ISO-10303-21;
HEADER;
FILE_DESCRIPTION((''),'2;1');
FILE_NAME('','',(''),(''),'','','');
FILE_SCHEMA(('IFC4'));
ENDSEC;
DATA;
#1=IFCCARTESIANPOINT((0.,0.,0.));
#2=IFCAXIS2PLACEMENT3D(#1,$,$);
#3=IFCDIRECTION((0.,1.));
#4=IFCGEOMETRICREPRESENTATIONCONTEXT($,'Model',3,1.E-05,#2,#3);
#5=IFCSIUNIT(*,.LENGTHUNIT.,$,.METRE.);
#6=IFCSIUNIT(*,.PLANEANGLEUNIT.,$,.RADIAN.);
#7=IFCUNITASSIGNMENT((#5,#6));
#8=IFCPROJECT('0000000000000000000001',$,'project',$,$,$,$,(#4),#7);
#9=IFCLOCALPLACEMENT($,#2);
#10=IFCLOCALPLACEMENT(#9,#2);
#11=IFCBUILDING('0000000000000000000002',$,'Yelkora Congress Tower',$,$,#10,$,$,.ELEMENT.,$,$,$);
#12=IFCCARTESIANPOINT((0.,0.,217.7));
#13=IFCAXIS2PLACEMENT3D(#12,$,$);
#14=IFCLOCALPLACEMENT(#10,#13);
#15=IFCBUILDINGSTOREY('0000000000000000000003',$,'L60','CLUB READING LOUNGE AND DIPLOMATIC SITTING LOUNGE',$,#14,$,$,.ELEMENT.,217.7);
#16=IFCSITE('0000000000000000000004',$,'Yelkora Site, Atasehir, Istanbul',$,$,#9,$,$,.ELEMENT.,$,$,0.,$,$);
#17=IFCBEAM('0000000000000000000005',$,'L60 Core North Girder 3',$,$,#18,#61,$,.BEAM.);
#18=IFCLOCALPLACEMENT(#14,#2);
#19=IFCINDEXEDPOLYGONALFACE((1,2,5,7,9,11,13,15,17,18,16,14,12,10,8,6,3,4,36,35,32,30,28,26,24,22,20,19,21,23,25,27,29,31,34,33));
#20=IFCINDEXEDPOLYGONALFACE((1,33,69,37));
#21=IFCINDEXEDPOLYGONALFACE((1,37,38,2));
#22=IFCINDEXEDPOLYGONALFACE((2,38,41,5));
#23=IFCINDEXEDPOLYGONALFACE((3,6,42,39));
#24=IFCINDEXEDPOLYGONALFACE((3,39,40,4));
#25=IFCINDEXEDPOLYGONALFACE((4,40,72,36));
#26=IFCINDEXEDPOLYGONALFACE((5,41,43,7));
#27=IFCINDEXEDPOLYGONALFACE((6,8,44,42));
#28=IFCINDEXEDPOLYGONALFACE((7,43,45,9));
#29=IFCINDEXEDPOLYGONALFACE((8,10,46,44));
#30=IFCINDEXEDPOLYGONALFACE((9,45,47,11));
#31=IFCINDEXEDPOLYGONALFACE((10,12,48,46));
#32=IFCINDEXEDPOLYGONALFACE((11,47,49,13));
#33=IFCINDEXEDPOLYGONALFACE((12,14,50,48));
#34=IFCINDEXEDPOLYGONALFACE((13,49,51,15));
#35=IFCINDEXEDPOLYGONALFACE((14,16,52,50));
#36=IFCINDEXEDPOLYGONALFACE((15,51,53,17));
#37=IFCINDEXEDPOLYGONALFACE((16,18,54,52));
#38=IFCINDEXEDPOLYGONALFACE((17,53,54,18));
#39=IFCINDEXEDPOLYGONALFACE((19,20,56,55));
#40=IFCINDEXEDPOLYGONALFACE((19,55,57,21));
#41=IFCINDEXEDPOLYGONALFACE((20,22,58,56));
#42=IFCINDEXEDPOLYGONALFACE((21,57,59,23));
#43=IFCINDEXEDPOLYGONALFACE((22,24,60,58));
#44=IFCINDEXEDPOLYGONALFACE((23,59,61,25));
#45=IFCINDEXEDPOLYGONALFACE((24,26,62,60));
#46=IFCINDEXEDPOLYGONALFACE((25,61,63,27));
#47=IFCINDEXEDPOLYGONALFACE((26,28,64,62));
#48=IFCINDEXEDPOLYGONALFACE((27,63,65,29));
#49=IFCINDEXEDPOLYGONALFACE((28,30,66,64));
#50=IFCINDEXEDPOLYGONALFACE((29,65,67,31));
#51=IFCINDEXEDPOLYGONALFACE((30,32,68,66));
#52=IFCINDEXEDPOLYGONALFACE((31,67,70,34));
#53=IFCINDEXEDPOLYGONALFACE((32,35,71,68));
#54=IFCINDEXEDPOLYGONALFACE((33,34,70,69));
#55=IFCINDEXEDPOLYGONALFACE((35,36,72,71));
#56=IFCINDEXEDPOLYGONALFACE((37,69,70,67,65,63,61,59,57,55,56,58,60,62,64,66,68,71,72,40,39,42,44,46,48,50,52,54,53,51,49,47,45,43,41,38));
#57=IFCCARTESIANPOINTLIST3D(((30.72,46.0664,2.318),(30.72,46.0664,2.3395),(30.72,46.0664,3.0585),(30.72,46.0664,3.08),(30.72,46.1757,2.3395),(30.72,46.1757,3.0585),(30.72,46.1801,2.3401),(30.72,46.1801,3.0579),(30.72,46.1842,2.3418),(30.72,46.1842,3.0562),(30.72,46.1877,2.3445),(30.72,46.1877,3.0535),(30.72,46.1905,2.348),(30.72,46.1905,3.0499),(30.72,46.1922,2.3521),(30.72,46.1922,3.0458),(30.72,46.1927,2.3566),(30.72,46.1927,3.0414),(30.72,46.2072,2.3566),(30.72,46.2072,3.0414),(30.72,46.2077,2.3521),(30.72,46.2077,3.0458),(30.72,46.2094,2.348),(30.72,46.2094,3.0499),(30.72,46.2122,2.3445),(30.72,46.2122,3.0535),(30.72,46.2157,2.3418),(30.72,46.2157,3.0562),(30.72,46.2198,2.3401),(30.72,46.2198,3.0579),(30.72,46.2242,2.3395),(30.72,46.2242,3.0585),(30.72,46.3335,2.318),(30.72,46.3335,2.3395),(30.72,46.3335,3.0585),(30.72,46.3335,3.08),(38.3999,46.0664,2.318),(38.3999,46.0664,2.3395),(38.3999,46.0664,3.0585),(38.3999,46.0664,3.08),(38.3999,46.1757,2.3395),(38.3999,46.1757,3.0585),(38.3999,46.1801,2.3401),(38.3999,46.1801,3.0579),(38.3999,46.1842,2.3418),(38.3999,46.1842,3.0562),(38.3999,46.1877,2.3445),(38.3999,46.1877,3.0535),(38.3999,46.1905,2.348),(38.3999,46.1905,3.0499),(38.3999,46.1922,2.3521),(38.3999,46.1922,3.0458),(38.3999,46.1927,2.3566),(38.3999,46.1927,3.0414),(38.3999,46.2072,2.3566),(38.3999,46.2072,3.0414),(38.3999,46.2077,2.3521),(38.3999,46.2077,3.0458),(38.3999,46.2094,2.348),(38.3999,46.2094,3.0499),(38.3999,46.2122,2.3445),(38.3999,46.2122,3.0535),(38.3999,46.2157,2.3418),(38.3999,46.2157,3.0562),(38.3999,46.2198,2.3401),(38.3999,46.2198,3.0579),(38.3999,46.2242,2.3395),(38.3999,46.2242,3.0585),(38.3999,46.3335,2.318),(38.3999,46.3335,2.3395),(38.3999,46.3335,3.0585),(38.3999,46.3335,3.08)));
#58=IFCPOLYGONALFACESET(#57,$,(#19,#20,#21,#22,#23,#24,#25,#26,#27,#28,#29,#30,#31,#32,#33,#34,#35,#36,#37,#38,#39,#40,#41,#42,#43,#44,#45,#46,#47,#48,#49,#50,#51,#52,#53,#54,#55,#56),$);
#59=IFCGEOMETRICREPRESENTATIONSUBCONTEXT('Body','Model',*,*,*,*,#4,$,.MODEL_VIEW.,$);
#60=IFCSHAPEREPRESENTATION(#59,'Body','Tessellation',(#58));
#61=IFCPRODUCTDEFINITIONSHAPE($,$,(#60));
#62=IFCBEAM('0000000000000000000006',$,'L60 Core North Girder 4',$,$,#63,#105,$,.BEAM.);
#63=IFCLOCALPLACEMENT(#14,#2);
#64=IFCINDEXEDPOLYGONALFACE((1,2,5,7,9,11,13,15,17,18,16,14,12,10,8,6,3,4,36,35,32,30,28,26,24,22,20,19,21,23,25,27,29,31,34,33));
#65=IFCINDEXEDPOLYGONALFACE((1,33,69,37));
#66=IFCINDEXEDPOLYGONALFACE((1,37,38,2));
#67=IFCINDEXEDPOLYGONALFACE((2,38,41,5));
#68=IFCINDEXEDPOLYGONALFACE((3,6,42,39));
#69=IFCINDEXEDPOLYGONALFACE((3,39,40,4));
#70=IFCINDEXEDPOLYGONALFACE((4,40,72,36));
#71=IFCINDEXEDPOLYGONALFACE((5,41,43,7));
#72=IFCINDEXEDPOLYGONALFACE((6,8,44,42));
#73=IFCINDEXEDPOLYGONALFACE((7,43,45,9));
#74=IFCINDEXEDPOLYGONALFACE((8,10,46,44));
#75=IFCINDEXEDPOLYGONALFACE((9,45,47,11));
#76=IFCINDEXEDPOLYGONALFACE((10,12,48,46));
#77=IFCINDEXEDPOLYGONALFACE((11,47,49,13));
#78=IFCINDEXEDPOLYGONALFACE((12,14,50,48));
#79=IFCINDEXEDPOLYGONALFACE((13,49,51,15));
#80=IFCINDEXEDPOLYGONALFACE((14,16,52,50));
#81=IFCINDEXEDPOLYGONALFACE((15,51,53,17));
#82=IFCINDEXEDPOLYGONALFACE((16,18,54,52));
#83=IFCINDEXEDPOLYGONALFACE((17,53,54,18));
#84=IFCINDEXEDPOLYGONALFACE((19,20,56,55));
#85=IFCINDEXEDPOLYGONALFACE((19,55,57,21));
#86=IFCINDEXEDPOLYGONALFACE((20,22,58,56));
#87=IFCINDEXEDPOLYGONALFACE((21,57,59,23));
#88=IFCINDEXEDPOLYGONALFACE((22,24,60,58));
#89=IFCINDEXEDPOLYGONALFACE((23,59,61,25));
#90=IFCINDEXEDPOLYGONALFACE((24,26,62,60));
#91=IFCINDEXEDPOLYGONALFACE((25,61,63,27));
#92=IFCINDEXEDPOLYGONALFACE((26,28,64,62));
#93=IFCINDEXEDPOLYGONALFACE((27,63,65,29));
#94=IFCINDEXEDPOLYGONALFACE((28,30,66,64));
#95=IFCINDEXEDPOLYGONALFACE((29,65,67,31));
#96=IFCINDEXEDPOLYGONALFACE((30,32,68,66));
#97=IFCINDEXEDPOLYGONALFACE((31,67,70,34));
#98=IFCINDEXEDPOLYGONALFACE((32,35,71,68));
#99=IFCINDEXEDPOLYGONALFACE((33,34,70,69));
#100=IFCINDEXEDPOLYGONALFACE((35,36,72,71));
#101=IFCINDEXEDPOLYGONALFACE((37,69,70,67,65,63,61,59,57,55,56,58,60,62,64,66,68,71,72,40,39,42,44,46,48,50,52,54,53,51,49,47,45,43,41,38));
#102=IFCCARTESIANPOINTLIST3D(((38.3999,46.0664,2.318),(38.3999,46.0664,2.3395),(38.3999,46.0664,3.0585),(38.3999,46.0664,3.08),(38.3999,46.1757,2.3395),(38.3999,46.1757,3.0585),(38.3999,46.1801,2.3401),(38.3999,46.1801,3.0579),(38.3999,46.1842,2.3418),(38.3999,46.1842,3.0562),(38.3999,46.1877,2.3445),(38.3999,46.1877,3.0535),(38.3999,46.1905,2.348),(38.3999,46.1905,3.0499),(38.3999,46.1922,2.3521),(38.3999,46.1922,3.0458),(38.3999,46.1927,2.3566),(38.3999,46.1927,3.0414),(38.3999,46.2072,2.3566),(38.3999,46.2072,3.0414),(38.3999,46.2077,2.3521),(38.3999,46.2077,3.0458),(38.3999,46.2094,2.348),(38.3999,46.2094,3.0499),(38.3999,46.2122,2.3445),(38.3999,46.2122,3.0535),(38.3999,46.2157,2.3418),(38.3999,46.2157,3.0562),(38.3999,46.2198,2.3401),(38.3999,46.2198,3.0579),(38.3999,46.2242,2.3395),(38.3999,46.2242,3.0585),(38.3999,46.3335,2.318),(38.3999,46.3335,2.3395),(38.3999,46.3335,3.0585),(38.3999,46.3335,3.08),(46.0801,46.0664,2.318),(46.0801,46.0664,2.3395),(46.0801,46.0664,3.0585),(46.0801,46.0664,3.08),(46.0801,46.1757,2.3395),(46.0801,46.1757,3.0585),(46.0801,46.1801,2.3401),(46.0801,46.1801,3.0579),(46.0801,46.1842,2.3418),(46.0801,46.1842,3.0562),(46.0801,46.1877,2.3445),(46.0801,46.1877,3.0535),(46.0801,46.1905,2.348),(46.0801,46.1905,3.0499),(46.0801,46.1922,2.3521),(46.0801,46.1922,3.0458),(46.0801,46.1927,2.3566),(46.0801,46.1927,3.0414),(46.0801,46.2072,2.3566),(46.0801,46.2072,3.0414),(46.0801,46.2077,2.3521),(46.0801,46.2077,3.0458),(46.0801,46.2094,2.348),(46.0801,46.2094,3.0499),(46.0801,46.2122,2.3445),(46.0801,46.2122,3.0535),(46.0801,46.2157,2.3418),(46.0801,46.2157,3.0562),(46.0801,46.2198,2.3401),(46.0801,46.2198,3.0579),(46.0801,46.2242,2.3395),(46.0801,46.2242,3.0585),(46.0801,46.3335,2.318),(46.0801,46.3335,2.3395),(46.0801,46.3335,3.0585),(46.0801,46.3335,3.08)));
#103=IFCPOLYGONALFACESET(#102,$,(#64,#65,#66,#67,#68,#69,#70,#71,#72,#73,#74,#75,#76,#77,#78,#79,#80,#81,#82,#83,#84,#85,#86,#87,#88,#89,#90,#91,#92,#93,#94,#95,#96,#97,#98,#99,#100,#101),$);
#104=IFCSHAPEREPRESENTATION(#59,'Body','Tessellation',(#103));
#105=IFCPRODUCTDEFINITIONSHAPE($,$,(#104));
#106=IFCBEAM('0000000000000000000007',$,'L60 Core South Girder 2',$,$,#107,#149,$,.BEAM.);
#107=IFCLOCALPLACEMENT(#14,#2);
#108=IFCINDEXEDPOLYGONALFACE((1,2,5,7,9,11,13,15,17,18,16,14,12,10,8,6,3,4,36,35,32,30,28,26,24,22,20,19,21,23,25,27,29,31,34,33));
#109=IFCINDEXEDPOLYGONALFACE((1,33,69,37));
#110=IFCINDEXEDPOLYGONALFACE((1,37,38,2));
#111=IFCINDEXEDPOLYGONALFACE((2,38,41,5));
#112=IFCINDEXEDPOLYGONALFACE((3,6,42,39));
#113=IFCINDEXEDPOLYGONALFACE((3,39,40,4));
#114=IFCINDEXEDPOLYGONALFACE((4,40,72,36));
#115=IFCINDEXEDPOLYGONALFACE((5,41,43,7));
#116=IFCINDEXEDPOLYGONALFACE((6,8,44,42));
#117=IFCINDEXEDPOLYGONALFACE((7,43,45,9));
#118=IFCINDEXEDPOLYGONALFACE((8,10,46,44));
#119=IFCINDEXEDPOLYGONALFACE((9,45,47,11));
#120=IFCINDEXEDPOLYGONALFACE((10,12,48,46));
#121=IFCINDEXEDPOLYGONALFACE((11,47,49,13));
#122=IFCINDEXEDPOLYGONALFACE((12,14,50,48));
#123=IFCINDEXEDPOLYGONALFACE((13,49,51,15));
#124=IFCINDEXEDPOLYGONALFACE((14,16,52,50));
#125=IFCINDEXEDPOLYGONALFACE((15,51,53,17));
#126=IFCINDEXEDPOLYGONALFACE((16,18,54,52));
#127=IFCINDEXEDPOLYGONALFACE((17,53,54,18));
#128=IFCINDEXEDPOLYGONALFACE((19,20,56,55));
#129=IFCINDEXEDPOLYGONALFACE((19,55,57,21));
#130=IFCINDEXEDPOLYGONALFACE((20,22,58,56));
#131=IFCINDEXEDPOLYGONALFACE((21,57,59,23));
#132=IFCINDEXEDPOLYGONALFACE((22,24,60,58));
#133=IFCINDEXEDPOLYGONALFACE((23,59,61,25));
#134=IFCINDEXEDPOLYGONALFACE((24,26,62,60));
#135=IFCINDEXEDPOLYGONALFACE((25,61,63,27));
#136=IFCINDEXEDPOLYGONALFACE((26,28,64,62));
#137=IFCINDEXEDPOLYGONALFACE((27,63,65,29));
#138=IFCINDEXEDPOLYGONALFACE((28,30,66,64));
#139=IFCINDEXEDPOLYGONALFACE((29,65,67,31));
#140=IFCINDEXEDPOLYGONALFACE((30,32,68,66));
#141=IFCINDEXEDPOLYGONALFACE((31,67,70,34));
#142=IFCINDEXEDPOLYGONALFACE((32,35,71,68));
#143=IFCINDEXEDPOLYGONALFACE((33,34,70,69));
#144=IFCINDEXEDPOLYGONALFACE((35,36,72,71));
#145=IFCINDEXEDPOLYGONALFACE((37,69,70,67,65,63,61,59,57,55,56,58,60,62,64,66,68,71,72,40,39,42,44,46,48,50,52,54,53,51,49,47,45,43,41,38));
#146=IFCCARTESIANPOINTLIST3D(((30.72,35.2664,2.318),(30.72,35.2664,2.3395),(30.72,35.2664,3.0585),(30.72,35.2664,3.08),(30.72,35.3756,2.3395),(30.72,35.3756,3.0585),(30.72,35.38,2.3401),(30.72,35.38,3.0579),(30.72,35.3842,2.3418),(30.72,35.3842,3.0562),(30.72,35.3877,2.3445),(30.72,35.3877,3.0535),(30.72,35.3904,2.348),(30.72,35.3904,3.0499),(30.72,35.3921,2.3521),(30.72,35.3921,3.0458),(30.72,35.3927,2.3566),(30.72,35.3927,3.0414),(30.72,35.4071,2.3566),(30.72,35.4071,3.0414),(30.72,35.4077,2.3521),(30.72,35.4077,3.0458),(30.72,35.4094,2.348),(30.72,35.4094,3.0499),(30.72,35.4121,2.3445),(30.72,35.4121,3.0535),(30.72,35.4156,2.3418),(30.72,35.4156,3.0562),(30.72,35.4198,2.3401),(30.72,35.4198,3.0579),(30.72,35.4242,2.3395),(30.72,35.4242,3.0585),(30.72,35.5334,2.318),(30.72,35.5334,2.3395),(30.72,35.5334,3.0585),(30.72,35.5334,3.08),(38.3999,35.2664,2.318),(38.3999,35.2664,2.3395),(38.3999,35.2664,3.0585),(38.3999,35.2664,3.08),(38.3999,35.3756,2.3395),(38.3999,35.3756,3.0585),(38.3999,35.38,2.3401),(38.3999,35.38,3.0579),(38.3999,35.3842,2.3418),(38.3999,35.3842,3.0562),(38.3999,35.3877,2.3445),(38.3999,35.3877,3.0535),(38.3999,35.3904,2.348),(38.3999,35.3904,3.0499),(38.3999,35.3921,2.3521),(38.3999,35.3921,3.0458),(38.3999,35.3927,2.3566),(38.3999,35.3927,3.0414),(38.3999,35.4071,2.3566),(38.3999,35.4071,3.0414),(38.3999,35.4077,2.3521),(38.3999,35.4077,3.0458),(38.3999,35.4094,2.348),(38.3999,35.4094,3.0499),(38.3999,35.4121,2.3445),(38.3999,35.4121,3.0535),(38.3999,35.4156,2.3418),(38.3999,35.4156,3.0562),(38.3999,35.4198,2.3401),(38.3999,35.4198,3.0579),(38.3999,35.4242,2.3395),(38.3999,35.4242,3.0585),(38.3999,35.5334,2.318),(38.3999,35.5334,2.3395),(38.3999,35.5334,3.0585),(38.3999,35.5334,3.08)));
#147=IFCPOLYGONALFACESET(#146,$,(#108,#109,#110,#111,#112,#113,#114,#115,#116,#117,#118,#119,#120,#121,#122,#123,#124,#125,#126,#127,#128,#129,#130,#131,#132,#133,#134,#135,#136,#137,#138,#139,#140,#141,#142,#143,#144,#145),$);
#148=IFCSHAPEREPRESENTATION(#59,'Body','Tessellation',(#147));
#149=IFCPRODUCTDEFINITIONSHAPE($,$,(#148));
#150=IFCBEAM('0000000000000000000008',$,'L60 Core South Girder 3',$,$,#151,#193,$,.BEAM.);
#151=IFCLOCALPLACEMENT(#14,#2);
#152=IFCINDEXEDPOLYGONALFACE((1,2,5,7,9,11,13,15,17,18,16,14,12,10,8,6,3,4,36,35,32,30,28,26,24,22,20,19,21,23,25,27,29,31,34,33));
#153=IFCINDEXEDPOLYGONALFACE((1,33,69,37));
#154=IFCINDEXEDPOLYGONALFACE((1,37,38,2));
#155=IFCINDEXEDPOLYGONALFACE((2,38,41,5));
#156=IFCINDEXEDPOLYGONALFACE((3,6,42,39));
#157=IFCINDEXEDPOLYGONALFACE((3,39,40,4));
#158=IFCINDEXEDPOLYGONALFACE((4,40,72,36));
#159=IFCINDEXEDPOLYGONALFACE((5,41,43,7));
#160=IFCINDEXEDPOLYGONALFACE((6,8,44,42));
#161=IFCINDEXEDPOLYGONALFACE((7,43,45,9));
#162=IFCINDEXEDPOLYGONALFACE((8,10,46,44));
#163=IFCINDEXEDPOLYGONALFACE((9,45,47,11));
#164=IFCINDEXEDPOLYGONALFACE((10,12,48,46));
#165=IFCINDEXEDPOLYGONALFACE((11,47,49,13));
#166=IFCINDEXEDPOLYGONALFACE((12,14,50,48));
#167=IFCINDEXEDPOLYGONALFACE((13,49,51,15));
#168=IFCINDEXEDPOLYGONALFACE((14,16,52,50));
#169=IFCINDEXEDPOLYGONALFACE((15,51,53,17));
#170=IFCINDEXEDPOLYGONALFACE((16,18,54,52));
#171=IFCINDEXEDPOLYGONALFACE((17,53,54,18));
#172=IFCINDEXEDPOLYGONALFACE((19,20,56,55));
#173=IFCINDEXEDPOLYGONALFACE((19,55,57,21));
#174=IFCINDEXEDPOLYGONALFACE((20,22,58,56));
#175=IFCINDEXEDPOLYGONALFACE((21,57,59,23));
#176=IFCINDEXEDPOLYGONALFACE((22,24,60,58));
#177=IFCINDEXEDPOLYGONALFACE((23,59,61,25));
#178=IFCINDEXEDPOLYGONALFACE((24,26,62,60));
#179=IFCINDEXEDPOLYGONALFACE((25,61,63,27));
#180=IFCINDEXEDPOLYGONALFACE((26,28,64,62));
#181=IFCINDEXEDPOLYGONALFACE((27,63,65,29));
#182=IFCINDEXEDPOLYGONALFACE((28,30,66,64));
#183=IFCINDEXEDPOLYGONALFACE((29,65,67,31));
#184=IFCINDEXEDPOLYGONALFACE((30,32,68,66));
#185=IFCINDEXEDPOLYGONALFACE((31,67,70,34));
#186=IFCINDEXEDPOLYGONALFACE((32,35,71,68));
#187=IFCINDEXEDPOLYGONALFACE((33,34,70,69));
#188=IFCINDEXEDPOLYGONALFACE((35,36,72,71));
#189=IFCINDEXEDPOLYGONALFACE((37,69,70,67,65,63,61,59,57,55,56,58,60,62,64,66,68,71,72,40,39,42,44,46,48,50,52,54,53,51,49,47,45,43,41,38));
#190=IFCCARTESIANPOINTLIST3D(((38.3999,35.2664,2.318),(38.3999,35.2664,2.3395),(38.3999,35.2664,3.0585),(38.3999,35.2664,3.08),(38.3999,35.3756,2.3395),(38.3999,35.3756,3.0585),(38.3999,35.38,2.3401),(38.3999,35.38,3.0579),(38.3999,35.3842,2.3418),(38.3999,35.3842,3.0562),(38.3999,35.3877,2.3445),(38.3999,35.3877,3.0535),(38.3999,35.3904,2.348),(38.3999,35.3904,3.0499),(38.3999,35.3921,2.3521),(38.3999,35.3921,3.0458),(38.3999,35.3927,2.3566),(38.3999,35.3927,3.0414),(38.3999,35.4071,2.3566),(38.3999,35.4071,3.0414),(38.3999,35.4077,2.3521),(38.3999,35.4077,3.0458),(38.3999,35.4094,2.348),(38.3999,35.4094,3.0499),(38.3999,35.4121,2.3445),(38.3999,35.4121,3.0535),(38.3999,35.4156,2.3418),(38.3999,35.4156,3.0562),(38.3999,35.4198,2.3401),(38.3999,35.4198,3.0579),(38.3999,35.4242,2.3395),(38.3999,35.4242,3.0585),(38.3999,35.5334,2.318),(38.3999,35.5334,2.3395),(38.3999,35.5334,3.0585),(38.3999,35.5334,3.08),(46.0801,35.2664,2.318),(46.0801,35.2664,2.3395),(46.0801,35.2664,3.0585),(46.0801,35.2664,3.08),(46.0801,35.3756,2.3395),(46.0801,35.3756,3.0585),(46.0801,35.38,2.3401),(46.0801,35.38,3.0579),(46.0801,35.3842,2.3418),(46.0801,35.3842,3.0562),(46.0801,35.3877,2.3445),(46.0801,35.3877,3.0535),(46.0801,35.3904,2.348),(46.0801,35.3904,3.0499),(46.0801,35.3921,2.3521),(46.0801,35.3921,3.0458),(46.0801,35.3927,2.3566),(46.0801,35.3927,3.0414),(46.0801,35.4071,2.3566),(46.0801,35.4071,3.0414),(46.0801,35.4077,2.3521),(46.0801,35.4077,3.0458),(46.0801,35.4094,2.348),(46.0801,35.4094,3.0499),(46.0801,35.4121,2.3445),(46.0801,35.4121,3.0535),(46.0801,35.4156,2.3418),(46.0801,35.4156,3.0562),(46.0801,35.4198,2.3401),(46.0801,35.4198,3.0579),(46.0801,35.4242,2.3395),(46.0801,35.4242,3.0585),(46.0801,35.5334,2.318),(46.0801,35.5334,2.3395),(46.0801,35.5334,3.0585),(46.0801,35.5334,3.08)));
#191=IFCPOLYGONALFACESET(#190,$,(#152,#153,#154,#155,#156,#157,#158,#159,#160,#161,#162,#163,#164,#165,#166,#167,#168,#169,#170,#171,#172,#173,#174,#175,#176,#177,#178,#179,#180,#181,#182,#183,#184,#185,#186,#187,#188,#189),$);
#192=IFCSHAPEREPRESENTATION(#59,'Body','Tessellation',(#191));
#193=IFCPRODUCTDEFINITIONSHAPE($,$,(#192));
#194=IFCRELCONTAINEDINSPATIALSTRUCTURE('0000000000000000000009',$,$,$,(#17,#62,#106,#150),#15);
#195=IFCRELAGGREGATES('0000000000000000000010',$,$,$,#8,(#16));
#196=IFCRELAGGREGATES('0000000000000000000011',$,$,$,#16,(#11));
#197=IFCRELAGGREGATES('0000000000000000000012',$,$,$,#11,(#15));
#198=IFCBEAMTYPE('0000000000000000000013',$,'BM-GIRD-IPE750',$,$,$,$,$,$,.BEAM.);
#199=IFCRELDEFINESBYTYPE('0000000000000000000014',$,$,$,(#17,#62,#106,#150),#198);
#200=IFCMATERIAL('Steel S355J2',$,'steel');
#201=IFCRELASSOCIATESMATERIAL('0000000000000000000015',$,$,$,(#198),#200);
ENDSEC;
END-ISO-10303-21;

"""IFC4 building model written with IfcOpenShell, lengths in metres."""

from ifc_helpers import new_model, si_unit, direction, frame, origin, origin_2d, place, context, subcontext, project, spatial, i_section, extrude, material, material_profile, profile_set, type_object, element, save


model = new_model("IFC4")

# Units and contexts
model_context = context("Model", 3, precision=1e-05, world=origin(), true_north=direction((0.0, 1.0)))
body_context = subcontext(model_context, "Body", "Model", "MODEL_VIEW")
ifc_project = project(units=[si_unit("LENGTHUNIT", "METRE"), si_unit("PLANEANGLEUNIT", "RADIAN")], contexts=[model_context])

# Site, building, storey
site_placement = place(None, origin())
site = spatial("IfcSite", under=ifc_project, at=site_placement, Name="Yelkora Site, Atasehir, Istanbul", CompositionType="ELEMENT", RefElevation=0.0)
building_placement = place(site_placement, origin())
building = spatial("IfcBuilding", under=site, at=building_placement, Name="Yelkora Congress Tower", CompositionType="ELEMENT")
storey_placement = place(building_placement, frame((0.0, 0.0, 217.7)))
storey = spatial("IfcBuildingStorey", under=building, at=storey_placement, Name="L60", Description="CLUB READING LOUNGE AND DIPLOMATIC SITTING LOUNGE", CompositionType="ELEMENT", Elevation=217.7)

# Beams
ifc_material_1 = material(Name="Steel S355J2", Category="steel")
ifc_material_profile_1 = material_profile(ifc_material_1, i_section(OverallWidth=0.2671, OverallDepth=0.762, WebThickness=0.0144, FlangeThickness=0.0215, FilletRadius=0.0171, at=origin_2d()), Name="IPE 750x173")
ifc_profile_set_1 = profile_set([ifc_material_profile_1], Name="Steel S355J2")
beam_type = type_object("IfcBeamType", Name="BM-GIRD-IPE750", PredefinedType="BEAM", material=ifc_profile_set_1)
beam_1_placement = place(storey_placement, frame((30.72, 46.2, 2.699), z_axis=(1.0, 0.0, 0.0), x_axis=(0.0, 1.0, 0.0)))
element("IfcBeam", 1, at=beam_1_placement, inside=storey, type_object=beam_type, Name="L60 Core North Girder 3", PredefinedType="BEAM", context=body_context, shape_type="SweptSolid", body=[
    extrude(i_section(OverallWidth=0.2671, OverallDepth=0.762, WebThickness=0.0144, FlangeThickness=0.0215, FilletRadius=0.0171, at=origin_2d()), origin(), (0.0, 0.0, 1.0), 7.6799),
])
beam_2_placement = place(storey_placement, frame((38.3999, 46.2, 2.699), z_axis=(1.0, 0.0, 0.0), x_axis=(0.0, 1.0, 0.0)))
element("IfcBeam", 2, at=beam_2_placement, inside=storey, type_object=beam_type, Name="L60 Core North Girder 4", PredefinedType="BEAM", context=body_context, shape_type="SweptSolid", body=[
    extrude(i_section(OverallWidth=0.2671, OverallDepth=0.762, WebThickness=0.0144, FlangeThickness=0.0215, FilletRadius=0.0171, at=origin_2d()), origin(), (0.0, 0.0, 1.0), 7.6802),
])
beam_3_placement = place(storey_placement, frame((30.72, 35.3999, 2.699), z_axis=(1.0, 0.0, 0.0), x_axis=(0.0, 1.0, 0.0)))
element("IfcBeam", 3, at=beam_3_placement, inside=storey, type_object=beam_type, Name="L60 Core South Girder 2", PredefinedType="BEAM", context=body_context, shape_type="SweptSolid", body=[
    extrude(i_section(OverallWidth=0.2671, OverallDepth=0.762, WebThickness=0.0144, FlangeThickness=0.0215, FilletRadius=0.0171, at=origin_2d()), origin(), (0.0, 0.0, 1.0), 7.6799),
])
beam_4_placement = place(storey_placement, frame((38.3999, 35.3999, 2.699), z_axis=(1.0, 0.0, 0.0), x_axis=(0.0, 1.0, 0.0)))
element("IfcBeam", 4, at=beam_4_placement, inside=storey, type_object=beam_type, Name="L60 Core South Girder 3", PredefinedType="BEAM", context=body_context, shape_type="SweptSolid", body=[
    extrude(i_section(OverallWidth=0.2671, OverallDepth=0.762, WebThickness=0.0144, FlangeThickness=0.0215, FilletRadius=0.0171, at=origin_2d()), origin(), (0.0, 0.0, 1.0), 7.6802),
])

save(model, "model.ifc")
